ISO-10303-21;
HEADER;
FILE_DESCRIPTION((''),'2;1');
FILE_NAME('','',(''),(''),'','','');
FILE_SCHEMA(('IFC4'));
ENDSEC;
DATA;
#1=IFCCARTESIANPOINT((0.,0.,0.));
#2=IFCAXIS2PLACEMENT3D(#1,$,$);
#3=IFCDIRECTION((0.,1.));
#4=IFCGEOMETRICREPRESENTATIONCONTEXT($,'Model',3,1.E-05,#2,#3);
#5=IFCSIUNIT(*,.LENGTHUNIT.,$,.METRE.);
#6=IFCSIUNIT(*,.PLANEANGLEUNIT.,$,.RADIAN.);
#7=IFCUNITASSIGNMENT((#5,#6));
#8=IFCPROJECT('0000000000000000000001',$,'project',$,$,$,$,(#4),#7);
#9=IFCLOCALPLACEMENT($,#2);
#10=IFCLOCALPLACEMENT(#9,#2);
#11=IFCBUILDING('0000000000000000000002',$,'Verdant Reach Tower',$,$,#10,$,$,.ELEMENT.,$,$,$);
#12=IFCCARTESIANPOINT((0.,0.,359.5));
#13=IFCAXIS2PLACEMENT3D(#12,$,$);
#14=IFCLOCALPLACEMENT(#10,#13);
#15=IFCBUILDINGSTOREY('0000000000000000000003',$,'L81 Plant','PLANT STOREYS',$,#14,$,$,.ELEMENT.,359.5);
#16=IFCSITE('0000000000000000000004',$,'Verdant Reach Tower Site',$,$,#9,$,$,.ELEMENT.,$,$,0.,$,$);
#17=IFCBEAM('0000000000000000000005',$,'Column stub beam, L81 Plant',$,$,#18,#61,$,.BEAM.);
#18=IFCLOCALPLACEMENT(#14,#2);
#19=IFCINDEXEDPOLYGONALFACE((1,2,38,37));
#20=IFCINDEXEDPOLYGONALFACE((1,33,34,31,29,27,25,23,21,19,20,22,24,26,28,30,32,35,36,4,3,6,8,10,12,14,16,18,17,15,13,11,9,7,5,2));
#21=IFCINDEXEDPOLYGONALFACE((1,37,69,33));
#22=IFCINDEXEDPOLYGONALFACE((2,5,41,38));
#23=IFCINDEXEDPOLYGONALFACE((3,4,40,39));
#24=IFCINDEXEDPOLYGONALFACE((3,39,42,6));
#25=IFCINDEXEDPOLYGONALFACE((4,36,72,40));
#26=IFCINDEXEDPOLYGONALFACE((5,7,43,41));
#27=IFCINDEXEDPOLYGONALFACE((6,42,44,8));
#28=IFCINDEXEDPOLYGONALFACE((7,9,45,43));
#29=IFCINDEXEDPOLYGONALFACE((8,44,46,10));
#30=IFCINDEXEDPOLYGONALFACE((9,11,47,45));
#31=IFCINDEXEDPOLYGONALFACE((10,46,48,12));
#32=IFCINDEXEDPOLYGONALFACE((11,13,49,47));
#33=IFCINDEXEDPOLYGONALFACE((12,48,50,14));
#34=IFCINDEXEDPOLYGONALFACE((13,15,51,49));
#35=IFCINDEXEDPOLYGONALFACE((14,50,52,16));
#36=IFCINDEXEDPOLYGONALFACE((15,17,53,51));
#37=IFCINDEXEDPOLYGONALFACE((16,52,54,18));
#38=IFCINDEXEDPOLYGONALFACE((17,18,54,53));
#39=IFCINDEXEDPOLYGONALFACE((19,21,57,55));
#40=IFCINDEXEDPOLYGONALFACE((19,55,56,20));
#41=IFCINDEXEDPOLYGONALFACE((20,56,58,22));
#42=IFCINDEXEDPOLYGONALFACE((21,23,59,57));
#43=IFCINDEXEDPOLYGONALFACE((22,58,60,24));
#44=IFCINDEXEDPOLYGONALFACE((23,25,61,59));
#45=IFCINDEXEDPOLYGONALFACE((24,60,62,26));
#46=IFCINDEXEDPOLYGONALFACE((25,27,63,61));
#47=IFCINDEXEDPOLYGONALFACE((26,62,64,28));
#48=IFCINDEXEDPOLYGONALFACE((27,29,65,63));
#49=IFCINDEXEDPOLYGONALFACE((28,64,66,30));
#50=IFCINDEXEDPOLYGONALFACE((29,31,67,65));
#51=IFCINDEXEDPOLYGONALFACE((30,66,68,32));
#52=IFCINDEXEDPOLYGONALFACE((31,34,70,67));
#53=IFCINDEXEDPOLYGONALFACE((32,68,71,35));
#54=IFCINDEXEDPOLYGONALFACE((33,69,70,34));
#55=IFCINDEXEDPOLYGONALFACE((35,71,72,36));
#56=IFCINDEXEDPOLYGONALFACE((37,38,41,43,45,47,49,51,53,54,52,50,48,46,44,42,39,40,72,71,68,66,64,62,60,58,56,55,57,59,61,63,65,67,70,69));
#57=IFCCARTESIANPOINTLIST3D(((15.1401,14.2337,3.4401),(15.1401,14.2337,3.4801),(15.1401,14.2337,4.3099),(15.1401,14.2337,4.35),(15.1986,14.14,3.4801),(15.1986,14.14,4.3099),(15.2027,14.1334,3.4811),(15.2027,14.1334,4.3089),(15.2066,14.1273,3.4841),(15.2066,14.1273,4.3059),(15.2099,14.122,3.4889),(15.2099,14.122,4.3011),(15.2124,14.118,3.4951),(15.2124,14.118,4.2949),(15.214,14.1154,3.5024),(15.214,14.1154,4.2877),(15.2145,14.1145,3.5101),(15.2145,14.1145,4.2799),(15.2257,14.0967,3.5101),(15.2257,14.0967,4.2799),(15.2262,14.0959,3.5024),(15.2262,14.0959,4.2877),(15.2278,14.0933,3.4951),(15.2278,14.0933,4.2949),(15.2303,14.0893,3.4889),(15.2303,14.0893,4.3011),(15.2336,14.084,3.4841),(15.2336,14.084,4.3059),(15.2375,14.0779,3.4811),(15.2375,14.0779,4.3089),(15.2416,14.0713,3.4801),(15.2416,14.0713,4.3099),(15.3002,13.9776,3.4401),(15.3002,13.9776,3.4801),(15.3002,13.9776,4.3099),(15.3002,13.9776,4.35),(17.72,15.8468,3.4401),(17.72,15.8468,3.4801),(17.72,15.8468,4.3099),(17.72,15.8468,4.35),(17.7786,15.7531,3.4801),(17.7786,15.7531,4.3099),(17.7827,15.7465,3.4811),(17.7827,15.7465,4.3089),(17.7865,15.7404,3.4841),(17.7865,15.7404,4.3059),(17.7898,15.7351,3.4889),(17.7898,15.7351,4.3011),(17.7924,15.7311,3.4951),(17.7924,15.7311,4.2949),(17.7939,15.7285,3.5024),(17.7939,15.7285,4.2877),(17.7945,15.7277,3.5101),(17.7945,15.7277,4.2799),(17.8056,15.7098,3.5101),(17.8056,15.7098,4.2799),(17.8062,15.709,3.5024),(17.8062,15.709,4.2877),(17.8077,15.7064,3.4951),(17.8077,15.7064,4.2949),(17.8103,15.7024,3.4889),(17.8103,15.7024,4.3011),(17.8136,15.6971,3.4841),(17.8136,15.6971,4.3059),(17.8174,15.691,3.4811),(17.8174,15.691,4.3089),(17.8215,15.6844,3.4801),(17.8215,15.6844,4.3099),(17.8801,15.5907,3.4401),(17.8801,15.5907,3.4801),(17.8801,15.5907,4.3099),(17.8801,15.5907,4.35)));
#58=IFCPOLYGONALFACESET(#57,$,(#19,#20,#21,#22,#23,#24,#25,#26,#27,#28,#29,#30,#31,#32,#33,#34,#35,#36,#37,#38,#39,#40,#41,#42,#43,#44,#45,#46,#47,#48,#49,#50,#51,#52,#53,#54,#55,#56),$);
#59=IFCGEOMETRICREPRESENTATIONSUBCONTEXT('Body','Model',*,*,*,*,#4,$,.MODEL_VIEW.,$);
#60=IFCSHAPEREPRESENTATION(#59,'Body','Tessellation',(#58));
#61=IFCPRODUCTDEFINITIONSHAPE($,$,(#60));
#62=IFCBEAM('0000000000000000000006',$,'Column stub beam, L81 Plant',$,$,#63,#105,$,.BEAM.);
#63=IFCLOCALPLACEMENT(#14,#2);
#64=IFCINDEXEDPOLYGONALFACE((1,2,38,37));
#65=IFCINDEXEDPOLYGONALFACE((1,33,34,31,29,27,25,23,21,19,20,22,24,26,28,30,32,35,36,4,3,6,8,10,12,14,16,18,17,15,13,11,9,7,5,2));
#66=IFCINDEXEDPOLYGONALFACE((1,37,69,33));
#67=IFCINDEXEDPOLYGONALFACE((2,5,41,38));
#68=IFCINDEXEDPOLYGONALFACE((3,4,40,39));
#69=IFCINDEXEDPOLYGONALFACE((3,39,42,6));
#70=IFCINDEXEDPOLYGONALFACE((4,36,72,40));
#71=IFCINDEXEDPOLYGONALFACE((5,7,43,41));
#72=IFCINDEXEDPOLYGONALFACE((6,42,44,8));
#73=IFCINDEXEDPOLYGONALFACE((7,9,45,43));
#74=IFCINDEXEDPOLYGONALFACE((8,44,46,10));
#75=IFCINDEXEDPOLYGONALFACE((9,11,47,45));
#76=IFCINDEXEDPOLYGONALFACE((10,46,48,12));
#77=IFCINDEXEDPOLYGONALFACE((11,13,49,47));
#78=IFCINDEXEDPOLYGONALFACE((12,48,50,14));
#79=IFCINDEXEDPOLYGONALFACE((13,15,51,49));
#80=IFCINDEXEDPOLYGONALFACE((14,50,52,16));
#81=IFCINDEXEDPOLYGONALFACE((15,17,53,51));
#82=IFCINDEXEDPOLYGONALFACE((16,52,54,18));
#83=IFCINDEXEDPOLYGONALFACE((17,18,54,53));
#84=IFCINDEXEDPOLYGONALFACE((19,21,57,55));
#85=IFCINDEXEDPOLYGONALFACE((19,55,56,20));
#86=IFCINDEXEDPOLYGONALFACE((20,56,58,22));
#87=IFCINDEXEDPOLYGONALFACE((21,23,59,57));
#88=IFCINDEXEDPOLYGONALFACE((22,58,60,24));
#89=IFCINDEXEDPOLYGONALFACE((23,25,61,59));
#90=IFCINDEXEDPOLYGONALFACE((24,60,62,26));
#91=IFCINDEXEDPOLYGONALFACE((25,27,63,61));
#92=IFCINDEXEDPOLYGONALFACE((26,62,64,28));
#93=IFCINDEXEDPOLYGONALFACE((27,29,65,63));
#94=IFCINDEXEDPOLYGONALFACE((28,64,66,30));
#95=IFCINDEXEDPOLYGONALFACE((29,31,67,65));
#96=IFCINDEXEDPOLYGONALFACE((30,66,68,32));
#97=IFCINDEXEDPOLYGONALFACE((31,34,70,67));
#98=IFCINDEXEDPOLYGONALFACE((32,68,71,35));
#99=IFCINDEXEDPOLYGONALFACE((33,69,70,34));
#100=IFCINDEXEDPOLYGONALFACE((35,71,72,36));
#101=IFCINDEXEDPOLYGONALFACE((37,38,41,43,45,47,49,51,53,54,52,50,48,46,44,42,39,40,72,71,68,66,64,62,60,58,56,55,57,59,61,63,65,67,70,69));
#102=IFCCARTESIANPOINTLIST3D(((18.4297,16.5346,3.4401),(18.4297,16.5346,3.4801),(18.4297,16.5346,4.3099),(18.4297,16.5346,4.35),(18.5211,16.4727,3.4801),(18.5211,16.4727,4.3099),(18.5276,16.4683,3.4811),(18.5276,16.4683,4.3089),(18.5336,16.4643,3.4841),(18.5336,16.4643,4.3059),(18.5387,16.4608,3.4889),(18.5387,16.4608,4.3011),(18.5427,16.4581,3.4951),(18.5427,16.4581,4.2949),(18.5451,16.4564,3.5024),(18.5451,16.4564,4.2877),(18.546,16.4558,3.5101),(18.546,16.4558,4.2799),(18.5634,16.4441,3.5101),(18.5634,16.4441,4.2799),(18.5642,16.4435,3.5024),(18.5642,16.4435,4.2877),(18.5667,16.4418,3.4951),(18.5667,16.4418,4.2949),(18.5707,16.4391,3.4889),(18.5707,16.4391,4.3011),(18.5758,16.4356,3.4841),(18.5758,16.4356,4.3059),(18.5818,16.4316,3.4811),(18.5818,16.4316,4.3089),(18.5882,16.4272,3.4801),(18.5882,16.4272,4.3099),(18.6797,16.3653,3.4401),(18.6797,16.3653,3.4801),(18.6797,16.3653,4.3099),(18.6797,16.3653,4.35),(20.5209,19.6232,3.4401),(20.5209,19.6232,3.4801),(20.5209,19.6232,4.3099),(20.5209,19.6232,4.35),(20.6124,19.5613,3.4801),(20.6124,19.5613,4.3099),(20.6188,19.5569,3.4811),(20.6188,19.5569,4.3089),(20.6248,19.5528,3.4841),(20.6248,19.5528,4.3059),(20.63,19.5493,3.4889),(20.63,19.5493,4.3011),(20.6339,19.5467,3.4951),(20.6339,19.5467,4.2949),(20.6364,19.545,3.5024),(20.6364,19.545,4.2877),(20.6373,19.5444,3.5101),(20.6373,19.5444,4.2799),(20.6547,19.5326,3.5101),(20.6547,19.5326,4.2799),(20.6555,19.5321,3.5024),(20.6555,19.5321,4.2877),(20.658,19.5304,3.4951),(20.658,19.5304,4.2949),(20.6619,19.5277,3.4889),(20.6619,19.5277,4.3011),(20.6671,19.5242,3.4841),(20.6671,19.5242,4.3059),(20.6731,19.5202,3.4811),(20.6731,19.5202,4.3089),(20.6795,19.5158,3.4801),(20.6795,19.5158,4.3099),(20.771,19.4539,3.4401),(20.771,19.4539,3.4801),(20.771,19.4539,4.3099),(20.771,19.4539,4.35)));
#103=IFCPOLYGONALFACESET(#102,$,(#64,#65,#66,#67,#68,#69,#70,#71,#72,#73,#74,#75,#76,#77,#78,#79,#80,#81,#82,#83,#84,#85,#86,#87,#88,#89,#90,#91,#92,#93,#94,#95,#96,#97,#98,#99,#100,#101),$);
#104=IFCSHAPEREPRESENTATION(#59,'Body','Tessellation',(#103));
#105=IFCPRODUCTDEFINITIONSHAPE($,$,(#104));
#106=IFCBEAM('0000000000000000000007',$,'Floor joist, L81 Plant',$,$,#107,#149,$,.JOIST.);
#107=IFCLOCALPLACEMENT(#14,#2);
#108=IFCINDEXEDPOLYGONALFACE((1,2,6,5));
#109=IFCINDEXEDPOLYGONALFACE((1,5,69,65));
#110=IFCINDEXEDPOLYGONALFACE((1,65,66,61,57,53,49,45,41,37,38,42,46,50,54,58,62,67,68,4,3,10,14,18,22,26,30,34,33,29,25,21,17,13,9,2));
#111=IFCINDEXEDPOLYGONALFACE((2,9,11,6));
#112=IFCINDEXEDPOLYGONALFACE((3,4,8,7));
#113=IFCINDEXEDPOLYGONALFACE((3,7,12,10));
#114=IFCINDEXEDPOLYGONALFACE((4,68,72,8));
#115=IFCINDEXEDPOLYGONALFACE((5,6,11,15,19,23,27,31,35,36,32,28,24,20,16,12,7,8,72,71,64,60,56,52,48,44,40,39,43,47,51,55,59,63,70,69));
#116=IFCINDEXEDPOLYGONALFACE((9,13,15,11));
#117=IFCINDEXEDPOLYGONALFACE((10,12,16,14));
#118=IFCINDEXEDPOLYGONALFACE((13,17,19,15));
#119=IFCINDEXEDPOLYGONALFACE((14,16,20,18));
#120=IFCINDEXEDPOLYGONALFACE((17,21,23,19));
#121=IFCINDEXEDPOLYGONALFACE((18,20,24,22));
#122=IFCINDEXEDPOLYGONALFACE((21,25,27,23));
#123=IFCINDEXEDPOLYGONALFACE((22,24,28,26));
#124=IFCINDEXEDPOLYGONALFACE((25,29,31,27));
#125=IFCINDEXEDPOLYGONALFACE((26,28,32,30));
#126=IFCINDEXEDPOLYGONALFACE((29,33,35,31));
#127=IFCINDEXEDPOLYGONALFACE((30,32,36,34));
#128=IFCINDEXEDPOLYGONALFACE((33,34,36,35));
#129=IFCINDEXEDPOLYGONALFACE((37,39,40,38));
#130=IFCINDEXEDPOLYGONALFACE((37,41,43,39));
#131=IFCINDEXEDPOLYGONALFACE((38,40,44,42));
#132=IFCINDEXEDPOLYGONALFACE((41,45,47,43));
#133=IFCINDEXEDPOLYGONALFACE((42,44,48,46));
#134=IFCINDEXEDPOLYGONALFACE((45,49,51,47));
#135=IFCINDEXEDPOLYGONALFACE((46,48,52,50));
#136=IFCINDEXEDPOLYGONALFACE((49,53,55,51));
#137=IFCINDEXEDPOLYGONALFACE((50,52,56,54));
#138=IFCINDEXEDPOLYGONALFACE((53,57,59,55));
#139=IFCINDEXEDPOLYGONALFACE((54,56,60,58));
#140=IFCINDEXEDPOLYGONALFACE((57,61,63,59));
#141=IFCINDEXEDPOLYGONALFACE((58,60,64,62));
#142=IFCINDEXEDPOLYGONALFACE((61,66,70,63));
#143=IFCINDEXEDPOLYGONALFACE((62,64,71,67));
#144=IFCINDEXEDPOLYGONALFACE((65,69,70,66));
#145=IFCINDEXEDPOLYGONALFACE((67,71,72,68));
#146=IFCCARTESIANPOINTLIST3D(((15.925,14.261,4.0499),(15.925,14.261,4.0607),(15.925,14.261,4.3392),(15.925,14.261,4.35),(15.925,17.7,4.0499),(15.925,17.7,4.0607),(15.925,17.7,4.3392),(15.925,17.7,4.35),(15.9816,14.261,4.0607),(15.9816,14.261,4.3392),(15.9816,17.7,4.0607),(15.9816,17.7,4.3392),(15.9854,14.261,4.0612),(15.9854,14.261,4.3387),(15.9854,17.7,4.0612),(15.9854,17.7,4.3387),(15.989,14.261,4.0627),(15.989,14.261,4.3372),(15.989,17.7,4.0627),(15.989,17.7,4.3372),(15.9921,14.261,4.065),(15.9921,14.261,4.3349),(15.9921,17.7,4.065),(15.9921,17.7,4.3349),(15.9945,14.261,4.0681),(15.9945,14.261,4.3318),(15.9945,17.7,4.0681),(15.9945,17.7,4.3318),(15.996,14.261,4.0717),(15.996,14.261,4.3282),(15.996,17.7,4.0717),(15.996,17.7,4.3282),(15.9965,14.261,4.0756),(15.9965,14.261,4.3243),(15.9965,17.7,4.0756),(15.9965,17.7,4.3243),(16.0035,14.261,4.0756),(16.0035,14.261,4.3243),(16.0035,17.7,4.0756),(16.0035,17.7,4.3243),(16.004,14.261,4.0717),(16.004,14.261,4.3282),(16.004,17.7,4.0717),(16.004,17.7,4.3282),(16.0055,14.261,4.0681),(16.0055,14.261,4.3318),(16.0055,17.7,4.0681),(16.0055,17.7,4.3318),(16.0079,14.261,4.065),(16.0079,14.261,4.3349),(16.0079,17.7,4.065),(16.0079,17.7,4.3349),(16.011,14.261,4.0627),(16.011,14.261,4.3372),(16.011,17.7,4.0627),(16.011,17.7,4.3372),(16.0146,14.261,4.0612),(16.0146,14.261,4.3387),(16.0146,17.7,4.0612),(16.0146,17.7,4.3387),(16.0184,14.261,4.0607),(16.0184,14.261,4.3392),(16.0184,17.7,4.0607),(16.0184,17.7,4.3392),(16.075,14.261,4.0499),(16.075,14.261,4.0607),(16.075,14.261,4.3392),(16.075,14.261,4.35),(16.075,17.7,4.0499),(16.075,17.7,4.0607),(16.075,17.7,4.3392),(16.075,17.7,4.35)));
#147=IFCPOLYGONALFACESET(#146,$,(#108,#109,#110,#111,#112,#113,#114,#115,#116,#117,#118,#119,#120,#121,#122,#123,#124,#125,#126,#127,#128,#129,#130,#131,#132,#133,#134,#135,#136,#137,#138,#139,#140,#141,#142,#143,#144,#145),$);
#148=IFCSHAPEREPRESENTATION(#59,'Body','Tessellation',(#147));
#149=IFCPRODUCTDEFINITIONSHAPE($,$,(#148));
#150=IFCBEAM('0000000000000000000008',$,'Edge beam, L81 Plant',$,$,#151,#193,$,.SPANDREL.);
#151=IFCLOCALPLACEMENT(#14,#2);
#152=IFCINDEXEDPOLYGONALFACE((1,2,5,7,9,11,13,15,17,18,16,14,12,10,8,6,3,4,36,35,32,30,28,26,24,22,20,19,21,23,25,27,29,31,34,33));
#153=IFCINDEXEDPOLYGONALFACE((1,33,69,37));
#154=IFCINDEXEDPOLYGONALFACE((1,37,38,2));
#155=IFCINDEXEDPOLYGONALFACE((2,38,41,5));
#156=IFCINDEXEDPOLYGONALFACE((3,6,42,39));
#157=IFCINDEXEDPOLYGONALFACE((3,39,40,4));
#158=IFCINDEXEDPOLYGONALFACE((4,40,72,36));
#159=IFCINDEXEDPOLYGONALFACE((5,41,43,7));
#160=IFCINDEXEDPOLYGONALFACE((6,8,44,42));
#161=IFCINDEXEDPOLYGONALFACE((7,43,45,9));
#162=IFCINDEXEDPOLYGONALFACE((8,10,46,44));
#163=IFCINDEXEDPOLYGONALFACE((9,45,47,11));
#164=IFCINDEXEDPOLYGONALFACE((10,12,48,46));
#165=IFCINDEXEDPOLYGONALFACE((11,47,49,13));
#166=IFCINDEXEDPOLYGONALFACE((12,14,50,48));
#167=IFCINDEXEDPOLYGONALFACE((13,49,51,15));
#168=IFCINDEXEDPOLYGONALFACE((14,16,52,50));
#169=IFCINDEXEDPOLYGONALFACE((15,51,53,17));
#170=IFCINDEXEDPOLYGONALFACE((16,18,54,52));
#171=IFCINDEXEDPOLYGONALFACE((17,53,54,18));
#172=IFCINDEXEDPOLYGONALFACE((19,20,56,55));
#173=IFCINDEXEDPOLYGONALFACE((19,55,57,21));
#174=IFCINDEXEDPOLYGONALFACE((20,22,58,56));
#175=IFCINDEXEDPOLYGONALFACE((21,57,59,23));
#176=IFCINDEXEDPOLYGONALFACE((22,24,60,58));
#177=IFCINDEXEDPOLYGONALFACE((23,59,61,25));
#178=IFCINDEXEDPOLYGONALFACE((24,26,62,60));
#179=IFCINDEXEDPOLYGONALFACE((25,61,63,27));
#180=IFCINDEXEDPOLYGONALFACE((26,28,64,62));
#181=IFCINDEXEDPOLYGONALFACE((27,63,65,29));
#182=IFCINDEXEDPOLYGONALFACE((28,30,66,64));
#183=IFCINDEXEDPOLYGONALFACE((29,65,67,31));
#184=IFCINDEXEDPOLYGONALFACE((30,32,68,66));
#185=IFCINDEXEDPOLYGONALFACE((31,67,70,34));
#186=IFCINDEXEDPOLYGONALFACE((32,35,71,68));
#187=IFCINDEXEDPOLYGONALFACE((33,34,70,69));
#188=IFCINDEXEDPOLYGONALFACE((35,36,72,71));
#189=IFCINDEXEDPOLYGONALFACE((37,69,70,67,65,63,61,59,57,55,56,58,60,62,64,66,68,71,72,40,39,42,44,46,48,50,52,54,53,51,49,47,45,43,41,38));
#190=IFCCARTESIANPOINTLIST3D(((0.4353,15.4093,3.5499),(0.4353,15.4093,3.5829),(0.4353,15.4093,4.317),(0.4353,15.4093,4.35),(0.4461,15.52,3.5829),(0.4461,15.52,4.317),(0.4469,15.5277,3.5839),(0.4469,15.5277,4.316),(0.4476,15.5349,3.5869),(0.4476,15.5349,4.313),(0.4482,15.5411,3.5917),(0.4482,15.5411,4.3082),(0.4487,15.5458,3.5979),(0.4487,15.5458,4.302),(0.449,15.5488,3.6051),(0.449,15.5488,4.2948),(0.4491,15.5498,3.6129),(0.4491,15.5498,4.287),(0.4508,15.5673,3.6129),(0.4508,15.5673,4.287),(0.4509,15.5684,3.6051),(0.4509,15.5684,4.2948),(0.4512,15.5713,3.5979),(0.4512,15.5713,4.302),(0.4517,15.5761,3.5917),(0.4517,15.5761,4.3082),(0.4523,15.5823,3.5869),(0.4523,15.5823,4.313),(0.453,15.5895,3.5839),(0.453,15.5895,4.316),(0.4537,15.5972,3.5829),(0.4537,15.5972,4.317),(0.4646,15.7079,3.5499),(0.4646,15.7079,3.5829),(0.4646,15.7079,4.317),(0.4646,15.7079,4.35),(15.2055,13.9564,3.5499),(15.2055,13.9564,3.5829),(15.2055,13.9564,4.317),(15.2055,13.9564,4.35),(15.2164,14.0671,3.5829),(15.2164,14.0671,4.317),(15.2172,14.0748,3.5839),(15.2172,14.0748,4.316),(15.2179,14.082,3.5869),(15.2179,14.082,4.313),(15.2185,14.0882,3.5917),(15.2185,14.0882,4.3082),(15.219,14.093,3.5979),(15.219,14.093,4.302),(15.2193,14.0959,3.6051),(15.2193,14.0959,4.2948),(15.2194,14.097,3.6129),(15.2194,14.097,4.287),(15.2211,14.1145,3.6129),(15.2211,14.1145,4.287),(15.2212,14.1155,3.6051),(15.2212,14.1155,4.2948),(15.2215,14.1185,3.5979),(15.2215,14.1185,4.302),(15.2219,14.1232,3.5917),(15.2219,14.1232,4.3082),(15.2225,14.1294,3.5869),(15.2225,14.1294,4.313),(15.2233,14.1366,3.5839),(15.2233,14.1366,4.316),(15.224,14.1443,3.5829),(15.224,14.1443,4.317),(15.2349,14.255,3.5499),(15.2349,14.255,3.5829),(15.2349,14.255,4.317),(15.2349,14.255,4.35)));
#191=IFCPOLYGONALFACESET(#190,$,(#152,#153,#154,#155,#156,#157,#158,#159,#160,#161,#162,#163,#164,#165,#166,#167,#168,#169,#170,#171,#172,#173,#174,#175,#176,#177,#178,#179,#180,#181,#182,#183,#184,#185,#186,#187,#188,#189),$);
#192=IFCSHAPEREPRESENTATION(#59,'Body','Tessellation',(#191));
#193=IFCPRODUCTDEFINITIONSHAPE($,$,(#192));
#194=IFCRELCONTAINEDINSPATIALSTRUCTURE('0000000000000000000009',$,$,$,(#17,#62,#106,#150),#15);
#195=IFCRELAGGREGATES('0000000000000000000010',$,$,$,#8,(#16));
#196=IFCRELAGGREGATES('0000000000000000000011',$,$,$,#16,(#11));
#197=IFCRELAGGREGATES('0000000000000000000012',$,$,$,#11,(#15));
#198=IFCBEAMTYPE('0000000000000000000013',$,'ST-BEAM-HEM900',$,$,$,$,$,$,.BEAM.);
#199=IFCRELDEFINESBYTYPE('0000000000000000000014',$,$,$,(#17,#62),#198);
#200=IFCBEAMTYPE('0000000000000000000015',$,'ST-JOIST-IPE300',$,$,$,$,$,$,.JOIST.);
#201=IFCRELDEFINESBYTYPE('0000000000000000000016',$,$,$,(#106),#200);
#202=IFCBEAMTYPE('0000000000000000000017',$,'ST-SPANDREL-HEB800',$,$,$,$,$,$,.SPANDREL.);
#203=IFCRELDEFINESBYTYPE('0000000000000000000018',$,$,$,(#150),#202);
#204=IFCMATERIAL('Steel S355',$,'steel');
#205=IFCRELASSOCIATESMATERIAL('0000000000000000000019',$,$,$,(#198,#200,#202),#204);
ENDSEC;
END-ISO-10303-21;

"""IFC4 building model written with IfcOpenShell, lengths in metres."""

from ifc_helpers import new_model, si_unit, direction, frame, origin, origin_2d, place, context, subcontext, project, spatial, i_section, extrude, material, material_profile, profile_set, type_object, element, save


model = new_model("IFC4")

# Units and contexts
model_context = context("Model", 3, precision=1e-05, world=origin(), true_north=direction((0.0, 1.0)))
body_context = subcontext(model_context, "Body", "Model", "MODEL_VIEW")
ifc_project = project(units=[si_unit("LENGTHUNIT", "METRE"), si_unit("PLANEANGLEUNIT", "RADIAN")], contexts=[model_context])

# Site, building, storey
site_placement = place(None, origin())
site = spatial("IfcSite", under=ifc_project, at=site_placement, Name="Verdant Reach Tower Site", CompositionType="ELEMENT", RefElevation=0.0)
building_placement = place(site_placement, origin())
building = spatial("IfcBuilding", under=site, at=building_placement, Name="Verdant Reach Tower", CompositionType="ELEMENT")
storey_placement = place(building_placement, frame((0.0, 0.0, 359.5)))
storey = spatial("IfcBuildingStorey", under=building, at=storey_placement, Name="L81 Plant", Description="PLANT STOREYS", CompositionType="ELEMENT", Elevation=359.5)

# Beams
ifc_material_1 = material(Name="Steel S355", Category="steel")
ifc_material_profile_1 = material_profile(ifc_material_1, i_section(OverallWidth=0.302, OverallDepth=0.9099, WebThickness=0.021, FlangeThickness=0.04, FilletRadius=0.03, at=origin_2d()), Name="HEM 900")
ifc_profile_set_1 = profile_set([ifc_material_profile_1], Name="Steel S355")
beam_type_1 = type_object("IfcBeamType", Name="ST-BEAM-HEM900", PredefinedType="BEAM", material=ifc_profile_set_1)
beam_1_placement = place(storey_placement, frame((17.8, 15.7188, 3.895), z_axis=(-0.847904, -0.53015, 0.0), x_axis=(0.53015, -0.847904, 0.0)))
element("IfcBeam", 1, at=beam_1_placement, inside=storey, type_object=beam_type_1, Name="Column stub beam, L81 Plant", PredefinedType="BEAM", context=body_context, shape_type="SweptSolid", body=[
    extrude(i_section(OverallWidth=0.302, OverallDepth=0.9099, WebThickness=0.021, FlangeThickness=0.04, FilletRadius=0.03, at=origin_2d()), origin(), (0.0, 0.0, 1.0), 3.0427),
])
beam_2_placement = place(storey_placement, frame((18.5547, 16.45, 3.895), z_axis=(0.560667, 0.828041, 0.0), x_axis=(-0.828041, 0.560667, 0.0)))
element("IfcBeam", 2, at=beam_2_placement, inside=storey, type_object=beam_type_1, Name="Column stub beam, L81 Plant", PredefinedType="BEAM", context=body_context, shape_type="SweptSolid", body=[
    extrude(i_section(OverallWidth=0.302, OverallDepth=0.9099, WebThickness=0.021, FlangeThickness=0.04, FilletRadius=0.03, at=origin_2d()), origin(), (0.0, 0.0, 1.0), 3.73),
])
ifc_material_profile_2 = material_profile(ifc_material_1, i_section(OverallWidth=0.1499, OverallDepth=0.3, WebThickness=0.0071, FlangeThickness=0.0107, FilletRadius=0.0149, at=origin_2d()), Name="IPE 300")
ifc_profile_set_2 = profile_set([ifc_material_profile_2], Name="Steel S355")
beam_type_2 = type_object("IfcBeamType", Name="ST-JOIST-IPE300", PredefinedType="JOIST", material=ifc_profile_set_2)
beam_3_placement = place(storey_placement, frame((16.0, 17.7, 4.2), z_axis=(0.0, -1.0, 0.0), x_axis=(1.0, 0.0, 0.0)))
element("IfcBeam", 3, at=beam_3_placement, inside=storey, type_object=beam_type_2, Name="Floor joist, L81 Plant", PredefinedType="JOIST", context=body_context, shape_type="SweptSolid", body=[
    extrude(i_section(OverallWidth=0.1499, OverallDepth=0.3, WebThickness=0.0071, FlangeThickness=0.0107, FilletRadius=0.0149, at=origin_2d()), origin(), (0.0, 0.0, 1.0), 3.439),
])
ifc_material_profile_3 = material_profile(ifc_material_1, i_section(OverallWidth=0.3, OverallDepth=0.8, WebThickness=0.0176, FlangeThickness=0.033, FilletRadius=0.03, at=origin_2d()), Name="HEB 800")
ifc_profile_set_3 = profile_set([ifc_material_profile_3], Name="Steel S355")
beam_type_3 = type_object("IfcBeamType", Name="ST-SPANDREL-HEB800", PredefinedType="SPANDREL", material=ifc_profile_set_3)
beam_4_placement = place(storey_placement, frame((15.2202, 14.1057, 3.95), z_axis=(-0.995197, 0.097893, 0.0), x_axis=(-0.097893, -0.995197, 0.0)))
element("IfcBeam", 4, at=beam_4_placement, inside=storey, type_object=beam_type_3, Name="Edge beam, L81 Plant", PredefinedType="SPANDREL", context=body_context, shape_type="SweptSolid", body=[
    extrude(i_section(OverallWidth=0.3, OverallDepth=0.8, WebThickness=0.0176, FlangeThickness=0.033, FilletRadius=0.03, at=origin_2d()), origin(), (0.0, 0.0, 1.0), 14.8416),
])

save(model, "model.ifc")
